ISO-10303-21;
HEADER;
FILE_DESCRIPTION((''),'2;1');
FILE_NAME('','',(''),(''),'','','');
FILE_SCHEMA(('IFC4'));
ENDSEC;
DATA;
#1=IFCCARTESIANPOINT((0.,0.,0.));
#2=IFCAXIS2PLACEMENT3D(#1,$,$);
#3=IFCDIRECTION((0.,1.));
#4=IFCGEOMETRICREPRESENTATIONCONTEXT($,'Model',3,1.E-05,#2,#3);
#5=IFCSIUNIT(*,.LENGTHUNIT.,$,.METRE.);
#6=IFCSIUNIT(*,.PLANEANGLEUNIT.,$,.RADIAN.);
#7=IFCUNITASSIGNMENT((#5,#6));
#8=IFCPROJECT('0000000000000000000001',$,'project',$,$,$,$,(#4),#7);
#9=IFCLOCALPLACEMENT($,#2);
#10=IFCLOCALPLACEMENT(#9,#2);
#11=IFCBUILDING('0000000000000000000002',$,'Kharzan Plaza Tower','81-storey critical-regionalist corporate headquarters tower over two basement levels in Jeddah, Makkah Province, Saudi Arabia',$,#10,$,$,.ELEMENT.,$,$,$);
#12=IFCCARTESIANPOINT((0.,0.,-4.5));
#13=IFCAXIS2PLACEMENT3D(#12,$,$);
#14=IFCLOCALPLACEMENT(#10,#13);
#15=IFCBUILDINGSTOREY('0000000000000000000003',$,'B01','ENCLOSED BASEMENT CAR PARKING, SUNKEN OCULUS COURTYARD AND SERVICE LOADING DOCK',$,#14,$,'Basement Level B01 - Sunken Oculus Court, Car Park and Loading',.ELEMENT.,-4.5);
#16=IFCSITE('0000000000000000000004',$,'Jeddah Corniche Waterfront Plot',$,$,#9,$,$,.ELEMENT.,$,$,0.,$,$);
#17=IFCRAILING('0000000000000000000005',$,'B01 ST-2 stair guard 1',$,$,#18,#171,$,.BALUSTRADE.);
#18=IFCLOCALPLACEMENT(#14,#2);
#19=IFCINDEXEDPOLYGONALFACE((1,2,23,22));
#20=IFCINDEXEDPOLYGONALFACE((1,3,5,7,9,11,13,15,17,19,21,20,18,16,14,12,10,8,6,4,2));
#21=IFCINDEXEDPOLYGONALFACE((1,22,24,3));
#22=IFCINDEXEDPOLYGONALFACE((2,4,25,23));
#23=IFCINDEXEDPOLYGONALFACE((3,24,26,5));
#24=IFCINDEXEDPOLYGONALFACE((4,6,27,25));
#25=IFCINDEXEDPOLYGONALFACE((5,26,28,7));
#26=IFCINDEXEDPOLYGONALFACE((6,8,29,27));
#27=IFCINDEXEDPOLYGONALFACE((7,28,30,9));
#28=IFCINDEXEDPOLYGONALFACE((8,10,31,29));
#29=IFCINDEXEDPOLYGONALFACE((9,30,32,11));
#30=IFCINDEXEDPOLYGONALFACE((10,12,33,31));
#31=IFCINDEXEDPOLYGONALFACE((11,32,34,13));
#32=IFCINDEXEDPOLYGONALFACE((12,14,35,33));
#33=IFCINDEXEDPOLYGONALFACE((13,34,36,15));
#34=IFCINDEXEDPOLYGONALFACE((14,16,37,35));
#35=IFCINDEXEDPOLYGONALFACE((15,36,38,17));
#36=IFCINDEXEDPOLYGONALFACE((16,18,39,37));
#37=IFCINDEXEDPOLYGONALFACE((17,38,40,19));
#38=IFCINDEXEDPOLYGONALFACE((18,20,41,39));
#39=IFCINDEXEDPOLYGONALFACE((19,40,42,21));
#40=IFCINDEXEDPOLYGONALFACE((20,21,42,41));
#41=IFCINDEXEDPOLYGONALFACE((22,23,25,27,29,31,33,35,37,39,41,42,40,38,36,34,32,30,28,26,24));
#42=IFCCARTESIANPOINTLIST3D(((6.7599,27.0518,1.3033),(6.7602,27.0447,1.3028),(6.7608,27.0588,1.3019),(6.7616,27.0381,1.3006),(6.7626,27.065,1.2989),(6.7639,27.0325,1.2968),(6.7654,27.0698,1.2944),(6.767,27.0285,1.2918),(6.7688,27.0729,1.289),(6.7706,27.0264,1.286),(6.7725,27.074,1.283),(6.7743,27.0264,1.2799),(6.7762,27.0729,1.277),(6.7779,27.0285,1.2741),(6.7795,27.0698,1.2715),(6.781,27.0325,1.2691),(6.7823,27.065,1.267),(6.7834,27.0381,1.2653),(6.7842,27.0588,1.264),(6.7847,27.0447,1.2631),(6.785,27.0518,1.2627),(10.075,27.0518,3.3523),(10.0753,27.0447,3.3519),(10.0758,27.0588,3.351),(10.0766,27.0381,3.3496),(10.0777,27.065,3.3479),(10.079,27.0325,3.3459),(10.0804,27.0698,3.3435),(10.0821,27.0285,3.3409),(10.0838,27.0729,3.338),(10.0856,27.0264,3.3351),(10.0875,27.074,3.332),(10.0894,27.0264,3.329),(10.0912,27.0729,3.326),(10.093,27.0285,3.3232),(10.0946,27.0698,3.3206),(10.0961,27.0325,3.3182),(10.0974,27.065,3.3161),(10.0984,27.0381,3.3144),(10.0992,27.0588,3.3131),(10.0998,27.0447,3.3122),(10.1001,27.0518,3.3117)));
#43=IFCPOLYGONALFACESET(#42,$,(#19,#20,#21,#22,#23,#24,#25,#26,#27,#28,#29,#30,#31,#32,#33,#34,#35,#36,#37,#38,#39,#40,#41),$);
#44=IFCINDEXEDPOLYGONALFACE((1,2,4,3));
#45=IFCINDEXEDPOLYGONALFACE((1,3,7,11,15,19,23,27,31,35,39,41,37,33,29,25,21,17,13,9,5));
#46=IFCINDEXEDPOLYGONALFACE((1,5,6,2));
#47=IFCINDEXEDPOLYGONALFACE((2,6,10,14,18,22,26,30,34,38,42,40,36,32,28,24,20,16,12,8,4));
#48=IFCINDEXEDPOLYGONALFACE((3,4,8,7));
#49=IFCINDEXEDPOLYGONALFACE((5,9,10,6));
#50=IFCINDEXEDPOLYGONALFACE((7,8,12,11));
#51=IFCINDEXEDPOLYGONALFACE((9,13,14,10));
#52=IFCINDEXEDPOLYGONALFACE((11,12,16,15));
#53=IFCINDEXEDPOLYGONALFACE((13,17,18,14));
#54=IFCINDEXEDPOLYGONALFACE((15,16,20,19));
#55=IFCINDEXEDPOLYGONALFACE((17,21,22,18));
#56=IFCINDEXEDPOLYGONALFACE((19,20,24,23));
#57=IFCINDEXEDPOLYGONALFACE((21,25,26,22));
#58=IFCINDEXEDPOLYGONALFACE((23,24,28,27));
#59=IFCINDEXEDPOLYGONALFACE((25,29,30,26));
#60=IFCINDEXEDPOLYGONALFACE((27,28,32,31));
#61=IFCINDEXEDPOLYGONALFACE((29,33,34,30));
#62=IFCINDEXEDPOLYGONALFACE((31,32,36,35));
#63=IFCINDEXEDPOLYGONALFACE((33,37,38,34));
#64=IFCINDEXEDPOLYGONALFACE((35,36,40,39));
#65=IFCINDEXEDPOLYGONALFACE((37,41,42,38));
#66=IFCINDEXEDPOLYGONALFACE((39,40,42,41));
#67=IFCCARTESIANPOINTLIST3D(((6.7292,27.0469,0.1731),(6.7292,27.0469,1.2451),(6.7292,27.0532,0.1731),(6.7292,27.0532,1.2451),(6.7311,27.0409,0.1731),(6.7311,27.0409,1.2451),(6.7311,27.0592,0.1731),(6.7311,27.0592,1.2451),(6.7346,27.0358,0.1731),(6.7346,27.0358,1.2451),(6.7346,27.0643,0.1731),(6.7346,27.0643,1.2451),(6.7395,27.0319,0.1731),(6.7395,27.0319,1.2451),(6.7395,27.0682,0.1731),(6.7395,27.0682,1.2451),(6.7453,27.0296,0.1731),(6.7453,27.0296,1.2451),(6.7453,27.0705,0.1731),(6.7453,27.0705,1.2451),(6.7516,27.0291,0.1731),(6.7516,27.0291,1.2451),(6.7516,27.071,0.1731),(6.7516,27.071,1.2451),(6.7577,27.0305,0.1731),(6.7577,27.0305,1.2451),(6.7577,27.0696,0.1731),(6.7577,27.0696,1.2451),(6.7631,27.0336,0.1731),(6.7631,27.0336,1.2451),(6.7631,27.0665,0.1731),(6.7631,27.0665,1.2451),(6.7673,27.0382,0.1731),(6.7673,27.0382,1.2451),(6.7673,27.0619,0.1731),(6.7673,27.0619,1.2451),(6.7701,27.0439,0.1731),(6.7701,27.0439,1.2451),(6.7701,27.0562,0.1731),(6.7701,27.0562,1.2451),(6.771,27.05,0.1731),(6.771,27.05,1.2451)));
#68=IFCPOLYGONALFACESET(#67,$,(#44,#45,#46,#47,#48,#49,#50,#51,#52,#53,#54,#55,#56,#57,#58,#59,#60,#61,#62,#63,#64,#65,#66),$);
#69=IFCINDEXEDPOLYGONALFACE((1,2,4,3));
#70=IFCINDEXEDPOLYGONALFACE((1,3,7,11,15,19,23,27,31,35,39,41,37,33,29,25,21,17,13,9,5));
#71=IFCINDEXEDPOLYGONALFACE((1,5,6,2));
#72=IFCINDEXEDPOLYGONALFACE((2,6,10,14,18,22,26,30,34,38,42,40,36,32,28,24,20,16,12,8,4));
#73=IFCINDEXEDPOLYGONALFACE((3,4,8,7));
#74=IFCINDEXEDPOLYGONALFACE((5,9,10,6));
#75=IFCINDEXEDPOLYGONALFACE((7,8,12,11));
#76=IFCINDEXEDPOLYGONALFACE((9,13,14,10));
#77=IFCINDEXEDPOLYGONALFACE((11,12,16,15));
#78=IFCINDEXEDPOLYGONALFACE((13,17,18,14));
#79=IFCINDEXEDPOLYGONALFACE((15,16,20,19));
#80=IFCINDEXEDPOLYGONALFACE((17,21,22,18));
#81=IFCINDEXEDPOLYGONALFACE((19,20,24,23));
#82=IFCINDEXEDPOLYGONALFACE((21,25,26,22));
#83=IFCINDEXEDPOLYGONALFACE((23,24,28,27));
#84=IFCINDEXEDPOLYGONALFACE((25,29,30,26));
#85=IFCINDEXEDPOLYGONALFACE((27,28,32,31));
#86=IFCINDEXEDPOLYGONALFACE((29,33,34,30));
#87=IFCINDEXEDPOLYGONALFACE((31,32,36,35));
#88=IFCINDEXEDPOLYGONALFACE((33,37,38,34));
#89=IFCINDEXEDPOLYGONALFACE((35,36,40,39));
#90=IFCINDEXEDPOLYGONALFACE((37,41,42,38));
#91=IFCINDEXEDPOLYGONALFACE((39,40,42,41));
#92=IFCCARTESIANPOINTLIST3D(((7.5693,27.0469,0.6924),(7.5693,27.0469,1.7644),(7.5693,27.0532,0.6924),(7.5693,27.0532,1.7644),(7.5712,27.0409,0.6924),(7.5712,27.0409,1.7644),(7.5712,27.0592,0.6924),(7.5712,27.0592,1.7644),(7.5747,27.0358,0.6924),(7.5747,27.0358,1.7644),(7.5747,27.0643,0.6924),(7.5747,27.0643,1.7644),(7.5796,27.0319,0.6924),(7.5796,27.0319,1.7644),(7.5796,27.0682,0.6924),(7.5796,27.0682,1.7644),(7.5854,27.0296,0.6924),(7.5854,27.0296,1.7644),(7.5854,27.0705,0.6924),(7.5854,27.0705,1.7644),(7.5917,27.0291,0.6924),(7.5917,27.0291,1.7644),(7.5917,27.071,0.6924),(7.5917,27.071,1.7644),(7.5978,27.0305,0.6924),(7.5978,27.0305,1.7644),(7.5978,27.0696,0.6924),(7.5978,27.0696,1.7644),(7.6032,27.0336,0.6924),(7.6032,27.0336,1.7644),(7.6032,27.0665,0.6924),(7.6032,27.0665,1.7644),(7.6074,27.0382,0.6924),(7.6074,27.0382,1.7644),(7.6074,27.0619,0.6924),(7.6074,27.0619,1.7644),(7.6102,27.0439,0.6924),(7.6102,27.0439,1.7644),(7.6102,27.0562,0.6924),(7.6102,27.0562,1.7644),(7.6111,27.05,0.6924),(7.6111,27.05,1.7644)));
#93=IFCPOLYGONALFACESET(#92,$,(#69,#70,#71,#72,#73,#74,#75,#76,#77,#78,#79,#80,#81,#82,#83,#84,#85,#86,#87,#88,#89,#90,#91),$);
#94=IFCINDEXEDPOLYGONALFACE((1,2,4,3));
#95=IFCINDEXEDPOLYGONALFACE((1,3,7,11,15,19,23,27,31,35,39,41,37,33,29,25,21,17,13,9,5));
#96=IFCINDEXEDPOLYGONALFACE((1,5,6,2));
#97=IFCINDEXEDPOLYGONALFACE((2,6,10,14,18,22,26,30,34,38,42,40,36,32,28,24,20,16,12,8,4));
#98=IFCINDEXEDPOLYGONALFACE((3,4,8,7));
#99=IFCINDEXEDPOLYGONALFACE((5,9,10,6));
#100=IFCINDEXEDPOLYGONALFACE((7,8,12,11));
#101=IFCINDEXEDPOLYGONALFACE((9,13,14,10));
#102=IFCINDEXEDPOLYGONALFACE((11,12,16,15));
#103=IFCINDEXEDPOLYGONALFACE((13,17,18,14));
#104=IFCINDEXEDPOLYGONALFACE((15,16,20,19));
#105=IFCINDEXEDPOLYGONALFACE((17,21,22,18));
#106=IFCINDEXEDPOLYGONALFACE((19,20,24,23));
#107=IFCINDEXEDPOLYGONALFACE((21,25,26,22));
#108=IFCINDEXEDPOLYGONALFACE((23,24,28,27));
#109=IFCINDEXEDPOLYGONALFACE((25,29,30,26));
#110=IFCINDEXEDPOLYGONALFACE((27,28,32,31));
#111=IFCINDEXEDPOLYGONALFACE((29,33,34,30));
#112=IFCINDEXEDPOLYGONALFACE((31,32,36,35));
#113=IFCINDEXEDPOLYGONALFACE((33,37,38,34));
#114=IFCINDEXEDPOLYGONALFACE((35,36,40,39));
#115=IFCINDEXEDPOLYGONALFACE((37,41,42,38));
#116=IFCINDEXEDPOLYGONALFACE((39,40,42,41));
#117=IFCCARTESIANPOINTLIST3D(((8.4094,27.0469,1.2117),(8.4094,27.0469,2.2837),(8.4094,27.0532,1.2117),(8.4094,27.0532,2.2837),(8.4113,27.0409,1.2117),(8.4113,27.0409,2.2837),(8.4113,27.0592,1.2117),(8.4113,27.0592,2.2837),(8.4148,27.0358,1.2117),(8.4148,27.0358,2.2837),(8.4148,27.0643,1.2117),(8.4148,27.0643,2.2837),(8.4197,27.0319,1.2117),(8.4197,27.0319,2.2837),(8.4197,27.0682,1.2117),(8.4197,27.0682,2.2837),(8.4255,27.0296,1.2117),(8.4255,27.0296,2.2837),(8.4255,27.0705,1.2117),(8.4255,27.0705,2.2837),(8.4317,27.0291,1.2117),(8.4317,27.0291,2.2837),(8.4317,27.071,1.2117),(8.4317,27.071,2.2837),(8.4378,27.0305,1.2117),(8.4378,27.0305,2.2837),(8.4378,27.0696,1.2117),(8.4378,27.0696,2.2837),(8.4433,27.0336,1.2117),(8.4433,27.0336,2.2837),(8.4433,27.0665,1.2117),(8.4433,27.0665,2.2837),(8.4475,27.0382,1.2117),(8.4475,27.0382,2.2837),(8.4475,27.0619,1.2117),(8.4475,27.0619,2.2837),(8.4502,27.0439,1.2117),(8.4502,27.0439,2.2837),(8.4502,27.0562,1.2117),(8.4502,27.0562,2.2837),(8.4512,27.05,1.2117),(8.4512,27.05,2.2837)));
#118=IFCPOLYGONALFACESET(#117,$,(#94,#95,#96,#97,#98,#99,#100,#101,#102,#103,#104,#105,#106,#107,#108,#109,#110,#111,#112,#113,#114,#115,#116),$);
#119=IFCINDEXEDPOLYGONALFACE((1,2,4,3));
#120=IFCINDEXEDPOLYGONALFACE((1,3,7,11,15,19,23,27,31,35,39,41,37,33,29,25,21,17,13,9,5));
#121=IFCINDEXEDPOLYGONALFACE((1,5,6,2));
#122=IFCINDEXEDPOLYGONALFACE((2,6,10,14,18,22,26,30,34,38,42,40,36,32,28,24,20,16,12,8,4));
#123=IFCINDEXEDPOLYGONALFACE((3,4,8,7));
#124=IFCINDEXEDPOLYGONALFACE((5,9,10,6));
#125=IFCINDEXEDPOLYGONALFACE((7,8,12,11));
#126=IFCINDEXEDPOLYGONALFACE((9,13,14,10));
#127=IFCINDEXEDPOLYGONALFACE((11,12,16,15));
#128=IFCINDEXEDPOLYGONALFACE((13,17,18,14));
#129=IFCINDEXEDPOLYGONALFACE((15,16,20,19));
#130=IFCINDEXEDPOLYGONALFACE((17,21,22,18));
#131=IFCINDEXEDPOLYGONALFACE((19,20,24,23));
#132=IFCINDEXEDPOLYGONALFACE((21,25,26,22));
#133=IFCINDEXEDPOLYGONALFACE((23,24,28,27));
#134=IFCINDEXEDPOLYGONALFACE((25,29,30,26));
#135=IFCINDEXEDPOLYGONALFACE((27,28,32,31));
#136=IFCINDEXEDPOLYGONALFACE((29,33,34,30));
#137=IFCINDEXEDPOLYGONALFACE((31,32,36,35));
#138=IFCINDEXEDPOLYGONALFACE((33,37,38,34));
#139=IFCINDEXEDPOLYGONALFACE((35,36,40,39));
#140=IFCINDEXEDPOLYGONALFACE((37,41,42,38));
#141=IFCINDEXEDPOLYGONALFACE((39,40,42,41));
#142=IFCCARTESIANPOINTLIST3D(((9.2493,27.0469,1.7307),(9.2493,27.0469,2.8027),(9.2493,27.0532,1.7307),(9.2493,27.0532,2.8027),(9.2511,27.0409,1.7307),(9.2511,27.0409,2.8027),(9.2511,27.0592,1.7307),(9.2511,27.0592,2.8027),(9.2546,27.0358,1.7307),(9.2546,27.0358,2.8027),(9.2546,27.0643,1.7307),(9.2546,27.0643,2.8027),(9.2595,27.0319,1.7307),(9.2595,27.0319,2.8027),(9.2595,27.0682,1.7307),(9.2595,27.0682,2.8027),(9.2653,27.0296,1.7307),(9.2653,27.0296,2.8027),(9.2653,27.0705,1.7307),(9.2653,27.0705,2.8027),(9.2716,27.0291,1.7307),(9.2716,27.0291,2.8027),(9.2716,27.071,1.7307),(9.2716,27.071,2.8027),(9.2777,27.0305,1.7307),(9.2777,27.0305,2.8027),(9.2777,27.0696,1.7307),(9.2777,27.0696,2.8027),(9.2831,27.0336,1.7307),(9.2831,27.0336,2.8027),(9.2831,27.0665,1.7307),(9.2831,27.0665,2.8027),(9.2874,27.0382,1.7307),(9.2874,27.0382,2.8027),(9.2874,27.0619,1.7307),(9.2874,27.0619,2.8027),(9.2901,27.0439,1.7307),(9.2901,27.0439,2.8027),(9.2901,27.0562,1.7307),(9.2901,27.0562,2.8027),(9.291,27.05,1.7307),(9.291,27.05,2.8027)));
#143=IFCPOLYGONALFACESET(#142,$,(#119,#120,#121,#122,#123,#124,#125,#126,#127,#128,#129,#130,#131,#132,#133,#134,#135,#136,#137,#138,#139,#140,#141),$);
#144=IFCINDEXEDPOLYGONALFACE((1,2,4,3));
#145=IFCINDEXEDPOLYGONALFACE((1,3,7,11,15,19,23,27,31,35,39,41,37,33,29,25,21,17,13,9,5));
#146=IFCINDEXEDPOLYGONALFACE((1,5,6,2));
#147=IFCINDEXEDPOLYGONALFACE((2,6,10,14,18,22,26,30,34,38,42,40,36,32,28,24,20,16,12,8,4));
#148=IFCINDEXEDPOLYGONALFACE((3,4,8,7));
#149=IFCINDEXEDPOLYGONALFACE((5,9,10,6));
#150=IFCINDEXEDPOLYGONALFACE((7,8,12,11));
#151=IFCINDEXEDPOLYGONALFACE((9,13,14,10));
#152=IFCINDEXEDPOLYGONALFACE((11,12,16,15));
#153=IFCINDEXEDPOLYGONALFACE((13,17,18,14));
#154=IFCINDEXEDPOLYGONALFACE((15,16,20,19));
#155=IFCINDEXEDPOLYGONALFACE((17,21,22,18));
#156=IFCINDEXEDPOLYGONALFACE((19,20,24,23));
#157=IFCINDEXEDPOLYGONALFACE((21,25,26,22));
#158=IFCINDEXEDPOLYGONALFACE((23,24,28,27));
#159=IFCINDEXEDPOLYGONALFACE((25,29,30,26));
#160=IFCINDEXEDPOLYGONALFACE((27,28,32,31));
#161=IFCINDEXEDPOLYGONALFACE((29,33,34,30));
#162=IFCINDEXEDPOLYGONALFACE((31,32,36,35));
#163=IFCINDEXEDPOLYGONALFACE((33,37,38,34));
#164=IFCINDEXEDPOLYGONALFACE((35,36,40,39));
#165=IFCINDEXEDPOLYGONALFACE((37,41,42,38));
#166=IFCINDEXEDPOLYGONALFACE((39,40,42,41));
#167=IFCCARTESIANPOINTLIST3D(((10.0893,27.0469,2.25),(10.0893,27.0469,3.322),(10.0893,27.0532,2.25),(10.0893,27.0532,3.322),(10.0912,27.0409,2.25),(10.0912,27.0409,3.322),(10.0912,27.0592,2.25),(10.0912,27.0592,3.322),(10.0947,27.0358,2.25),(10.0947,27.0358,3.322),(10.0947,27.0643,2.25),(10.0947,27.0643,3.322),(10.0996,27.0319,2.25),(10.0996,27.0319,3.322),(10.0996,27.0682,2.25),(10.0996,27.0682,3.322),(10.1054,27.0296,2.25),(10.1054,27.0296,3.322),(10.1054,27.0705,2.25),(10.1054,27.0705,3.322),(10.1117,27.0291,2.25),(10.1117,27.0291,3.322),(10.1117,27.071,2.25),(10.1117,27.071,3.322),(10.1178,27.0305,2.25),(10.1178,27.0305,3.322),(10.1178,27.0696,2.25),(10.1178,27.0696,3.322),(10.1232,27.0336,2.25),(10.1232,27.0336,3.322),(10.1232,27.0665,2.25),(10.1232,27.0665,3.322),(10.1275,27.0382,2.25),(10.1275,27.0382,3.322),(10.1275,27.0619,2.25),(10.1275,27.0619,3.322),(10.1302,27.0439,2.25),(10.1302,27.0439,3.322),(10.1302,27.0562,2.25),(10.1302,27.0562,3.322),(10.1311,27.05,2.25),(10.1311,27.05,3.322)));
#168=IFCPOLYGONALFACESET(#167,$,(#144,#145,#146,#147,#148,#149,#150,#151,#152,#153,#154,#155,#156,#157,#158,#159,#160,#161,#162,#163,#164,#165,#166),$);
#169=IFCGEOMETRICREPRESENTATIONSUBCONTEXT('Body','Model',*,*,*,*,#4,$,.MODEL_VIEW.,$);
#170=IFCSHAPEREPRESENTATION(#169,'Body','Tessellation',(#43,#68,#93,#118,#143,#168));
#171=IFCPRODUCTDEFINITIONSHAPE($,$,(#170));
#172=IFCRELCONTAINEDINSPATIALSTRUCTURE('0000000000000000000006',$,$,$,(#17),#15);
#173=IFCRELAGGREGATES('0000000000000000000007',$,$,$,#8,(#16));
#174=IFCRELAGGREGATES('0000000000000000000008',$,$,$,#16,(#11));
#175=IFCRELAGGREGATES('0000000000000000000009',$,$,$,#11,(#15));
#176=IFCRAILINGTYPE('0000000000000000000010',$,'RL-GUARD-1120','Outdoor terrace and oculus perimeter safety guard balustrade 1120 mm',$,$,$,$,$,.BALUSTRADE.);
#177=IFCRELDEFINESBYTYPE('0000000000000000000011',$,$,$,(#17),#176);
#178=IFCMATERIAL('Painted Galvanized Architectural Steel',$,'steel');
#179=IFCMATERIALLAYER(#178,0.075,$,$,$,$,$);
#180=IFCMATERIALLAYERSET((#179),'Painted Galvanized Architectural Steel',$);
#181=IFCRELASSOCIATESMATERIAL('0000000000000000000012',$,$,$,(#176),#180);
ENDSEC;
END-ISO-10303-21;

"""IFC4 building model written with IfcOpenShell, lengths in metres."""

from ifc_helpers import new_model, si_unit, direction, frame, origin, origin_2d, place, context, subcontext, project, spatial, circle, extrude, source, transform, mapped, material, layer, layer_set, type_object, element, save


model = new_model("IFC4")

# Units and contexts
model_context = context("Model", 3, precision=1e-05, world=origin(), true_north=direction((0.0, 1.0)))
body_context = subcontext(model_context, "Body", "Model", "MODEL_VIEW")
ifc_project = project(units=[si_unit("LENGTHUNIT", "METRE"), si_unit("PLANEANGLEUNIT", "RADIAN")], contexts=[model_context])

# Site, building, storey
site_placement = place(None, origin())
site = spatial("IfcSite", under=ifc_project, at=site_placement, Name="Jeddah Corniche Waterfront Plot", CompositionType="ELEMENT", RefElevation=0.0)
building_placement = place(site_placement, origin())
building = spatial("IfcBuilding", under=site, at=building_placement, Name="Kharzan Plaza Tower", Description="81-storey critical-regionalist corporate headquarters tower over two basement levels in Jeddah, Makkah Province, Saudi Arabia", CompositionType="ELEMENT")
storey_placement = place(building_placement, frame((0.0, 0.0, -4.5)))
storey = spatial("IfcBuildingStorey", under=building, at=storey_placement, Name="B01", Description="ENCLOSED BASEMENT CAR PARKING, SUNKEN OCULUS COURTYARD AND SERVICE LOADING DOCK", LongName="Basement Level B01 - Sunken Oculus Court, Car Park and Loading", CompositionType="ELEMENT", Elevation=-4.5)

# Railing
ifc_material_1 = material(Name="Painted Galvanized Architectural Steel", Category="steel")
ifc_layer_1 = layer(ifc_material_1, 0.075)
ifc_layer_set_1 = layer_set([ifc_layer_1], Name="Painted Galvanized Architectural Steel")
railing_type_1 = type_object("IfcRailingType", Name="RL-GUARD-1120", Description="Outdoor terrace and oculus perimeter safety guard balustrade 1120 mm", PredefinedType="BALUSTRADE", material=ifc_layer_set_1)
shared_shape_1 = source(origin(), body_context, "Body", "SweptSolid", [
    extrude(circle(Radius=0.0239, at=origin_2d()), frame((0.0225, 0.0, 1.1099), z_axis=(0.850623, 0.0, 0.525776), x_axis=(0.0, 1.0, 0.0)), (0.0, 0.0, 1.0), 3.8972),
    extrude(circle(Radius=0.021, at=origin_2d()), origin(), (0.0, 0.0, 1.0), 1.072),
    extrude(circle(Radius=0.021, at=origin_2d()), frame((0.8401, 0.0, 0.5193)), (0.0, 0.0, 1.0), 1.072),
    extrude(circle(Radius=0.021, at=origin_2d()), frame((1.6802, 0.0, 1.0386)), (0.0, 0.0, 1.0), 1.072),
    extrude(circle(Radius=0.021, at=origin_2d()), frame((2.52, 0.0, 1.5576)), (0.0, 0.0, 1.0), 1.072),
    extrude(circle(Radius=0.021, at=origin_2d()), frame((3.3601, 0.0, 2.0769)), (0.0, 0.0, 1.0), 1.072),
])
railing_1_placement = place(storey_placement, frame((6.75, 27.05, 0.1731)))
element("IfcRailing", 1, at=railing_1_placement, inside=storey, type_object=railing_type_1, Name="B01 ST-2 stair guard 1", PredefinedType="BALUSTRADE", context=body_context, shape_type="MappedRepresentation", body=[
    mapped(shared_shape_1, transform((0.0, 0.0, 0.0), x_axis=(1.0, 0.0, 0.0), y_axis=(0.0, 1.0, 0.0), z_axis=(0.0, 0.0, 1.0))),
])

save(model, "model.ifc")
